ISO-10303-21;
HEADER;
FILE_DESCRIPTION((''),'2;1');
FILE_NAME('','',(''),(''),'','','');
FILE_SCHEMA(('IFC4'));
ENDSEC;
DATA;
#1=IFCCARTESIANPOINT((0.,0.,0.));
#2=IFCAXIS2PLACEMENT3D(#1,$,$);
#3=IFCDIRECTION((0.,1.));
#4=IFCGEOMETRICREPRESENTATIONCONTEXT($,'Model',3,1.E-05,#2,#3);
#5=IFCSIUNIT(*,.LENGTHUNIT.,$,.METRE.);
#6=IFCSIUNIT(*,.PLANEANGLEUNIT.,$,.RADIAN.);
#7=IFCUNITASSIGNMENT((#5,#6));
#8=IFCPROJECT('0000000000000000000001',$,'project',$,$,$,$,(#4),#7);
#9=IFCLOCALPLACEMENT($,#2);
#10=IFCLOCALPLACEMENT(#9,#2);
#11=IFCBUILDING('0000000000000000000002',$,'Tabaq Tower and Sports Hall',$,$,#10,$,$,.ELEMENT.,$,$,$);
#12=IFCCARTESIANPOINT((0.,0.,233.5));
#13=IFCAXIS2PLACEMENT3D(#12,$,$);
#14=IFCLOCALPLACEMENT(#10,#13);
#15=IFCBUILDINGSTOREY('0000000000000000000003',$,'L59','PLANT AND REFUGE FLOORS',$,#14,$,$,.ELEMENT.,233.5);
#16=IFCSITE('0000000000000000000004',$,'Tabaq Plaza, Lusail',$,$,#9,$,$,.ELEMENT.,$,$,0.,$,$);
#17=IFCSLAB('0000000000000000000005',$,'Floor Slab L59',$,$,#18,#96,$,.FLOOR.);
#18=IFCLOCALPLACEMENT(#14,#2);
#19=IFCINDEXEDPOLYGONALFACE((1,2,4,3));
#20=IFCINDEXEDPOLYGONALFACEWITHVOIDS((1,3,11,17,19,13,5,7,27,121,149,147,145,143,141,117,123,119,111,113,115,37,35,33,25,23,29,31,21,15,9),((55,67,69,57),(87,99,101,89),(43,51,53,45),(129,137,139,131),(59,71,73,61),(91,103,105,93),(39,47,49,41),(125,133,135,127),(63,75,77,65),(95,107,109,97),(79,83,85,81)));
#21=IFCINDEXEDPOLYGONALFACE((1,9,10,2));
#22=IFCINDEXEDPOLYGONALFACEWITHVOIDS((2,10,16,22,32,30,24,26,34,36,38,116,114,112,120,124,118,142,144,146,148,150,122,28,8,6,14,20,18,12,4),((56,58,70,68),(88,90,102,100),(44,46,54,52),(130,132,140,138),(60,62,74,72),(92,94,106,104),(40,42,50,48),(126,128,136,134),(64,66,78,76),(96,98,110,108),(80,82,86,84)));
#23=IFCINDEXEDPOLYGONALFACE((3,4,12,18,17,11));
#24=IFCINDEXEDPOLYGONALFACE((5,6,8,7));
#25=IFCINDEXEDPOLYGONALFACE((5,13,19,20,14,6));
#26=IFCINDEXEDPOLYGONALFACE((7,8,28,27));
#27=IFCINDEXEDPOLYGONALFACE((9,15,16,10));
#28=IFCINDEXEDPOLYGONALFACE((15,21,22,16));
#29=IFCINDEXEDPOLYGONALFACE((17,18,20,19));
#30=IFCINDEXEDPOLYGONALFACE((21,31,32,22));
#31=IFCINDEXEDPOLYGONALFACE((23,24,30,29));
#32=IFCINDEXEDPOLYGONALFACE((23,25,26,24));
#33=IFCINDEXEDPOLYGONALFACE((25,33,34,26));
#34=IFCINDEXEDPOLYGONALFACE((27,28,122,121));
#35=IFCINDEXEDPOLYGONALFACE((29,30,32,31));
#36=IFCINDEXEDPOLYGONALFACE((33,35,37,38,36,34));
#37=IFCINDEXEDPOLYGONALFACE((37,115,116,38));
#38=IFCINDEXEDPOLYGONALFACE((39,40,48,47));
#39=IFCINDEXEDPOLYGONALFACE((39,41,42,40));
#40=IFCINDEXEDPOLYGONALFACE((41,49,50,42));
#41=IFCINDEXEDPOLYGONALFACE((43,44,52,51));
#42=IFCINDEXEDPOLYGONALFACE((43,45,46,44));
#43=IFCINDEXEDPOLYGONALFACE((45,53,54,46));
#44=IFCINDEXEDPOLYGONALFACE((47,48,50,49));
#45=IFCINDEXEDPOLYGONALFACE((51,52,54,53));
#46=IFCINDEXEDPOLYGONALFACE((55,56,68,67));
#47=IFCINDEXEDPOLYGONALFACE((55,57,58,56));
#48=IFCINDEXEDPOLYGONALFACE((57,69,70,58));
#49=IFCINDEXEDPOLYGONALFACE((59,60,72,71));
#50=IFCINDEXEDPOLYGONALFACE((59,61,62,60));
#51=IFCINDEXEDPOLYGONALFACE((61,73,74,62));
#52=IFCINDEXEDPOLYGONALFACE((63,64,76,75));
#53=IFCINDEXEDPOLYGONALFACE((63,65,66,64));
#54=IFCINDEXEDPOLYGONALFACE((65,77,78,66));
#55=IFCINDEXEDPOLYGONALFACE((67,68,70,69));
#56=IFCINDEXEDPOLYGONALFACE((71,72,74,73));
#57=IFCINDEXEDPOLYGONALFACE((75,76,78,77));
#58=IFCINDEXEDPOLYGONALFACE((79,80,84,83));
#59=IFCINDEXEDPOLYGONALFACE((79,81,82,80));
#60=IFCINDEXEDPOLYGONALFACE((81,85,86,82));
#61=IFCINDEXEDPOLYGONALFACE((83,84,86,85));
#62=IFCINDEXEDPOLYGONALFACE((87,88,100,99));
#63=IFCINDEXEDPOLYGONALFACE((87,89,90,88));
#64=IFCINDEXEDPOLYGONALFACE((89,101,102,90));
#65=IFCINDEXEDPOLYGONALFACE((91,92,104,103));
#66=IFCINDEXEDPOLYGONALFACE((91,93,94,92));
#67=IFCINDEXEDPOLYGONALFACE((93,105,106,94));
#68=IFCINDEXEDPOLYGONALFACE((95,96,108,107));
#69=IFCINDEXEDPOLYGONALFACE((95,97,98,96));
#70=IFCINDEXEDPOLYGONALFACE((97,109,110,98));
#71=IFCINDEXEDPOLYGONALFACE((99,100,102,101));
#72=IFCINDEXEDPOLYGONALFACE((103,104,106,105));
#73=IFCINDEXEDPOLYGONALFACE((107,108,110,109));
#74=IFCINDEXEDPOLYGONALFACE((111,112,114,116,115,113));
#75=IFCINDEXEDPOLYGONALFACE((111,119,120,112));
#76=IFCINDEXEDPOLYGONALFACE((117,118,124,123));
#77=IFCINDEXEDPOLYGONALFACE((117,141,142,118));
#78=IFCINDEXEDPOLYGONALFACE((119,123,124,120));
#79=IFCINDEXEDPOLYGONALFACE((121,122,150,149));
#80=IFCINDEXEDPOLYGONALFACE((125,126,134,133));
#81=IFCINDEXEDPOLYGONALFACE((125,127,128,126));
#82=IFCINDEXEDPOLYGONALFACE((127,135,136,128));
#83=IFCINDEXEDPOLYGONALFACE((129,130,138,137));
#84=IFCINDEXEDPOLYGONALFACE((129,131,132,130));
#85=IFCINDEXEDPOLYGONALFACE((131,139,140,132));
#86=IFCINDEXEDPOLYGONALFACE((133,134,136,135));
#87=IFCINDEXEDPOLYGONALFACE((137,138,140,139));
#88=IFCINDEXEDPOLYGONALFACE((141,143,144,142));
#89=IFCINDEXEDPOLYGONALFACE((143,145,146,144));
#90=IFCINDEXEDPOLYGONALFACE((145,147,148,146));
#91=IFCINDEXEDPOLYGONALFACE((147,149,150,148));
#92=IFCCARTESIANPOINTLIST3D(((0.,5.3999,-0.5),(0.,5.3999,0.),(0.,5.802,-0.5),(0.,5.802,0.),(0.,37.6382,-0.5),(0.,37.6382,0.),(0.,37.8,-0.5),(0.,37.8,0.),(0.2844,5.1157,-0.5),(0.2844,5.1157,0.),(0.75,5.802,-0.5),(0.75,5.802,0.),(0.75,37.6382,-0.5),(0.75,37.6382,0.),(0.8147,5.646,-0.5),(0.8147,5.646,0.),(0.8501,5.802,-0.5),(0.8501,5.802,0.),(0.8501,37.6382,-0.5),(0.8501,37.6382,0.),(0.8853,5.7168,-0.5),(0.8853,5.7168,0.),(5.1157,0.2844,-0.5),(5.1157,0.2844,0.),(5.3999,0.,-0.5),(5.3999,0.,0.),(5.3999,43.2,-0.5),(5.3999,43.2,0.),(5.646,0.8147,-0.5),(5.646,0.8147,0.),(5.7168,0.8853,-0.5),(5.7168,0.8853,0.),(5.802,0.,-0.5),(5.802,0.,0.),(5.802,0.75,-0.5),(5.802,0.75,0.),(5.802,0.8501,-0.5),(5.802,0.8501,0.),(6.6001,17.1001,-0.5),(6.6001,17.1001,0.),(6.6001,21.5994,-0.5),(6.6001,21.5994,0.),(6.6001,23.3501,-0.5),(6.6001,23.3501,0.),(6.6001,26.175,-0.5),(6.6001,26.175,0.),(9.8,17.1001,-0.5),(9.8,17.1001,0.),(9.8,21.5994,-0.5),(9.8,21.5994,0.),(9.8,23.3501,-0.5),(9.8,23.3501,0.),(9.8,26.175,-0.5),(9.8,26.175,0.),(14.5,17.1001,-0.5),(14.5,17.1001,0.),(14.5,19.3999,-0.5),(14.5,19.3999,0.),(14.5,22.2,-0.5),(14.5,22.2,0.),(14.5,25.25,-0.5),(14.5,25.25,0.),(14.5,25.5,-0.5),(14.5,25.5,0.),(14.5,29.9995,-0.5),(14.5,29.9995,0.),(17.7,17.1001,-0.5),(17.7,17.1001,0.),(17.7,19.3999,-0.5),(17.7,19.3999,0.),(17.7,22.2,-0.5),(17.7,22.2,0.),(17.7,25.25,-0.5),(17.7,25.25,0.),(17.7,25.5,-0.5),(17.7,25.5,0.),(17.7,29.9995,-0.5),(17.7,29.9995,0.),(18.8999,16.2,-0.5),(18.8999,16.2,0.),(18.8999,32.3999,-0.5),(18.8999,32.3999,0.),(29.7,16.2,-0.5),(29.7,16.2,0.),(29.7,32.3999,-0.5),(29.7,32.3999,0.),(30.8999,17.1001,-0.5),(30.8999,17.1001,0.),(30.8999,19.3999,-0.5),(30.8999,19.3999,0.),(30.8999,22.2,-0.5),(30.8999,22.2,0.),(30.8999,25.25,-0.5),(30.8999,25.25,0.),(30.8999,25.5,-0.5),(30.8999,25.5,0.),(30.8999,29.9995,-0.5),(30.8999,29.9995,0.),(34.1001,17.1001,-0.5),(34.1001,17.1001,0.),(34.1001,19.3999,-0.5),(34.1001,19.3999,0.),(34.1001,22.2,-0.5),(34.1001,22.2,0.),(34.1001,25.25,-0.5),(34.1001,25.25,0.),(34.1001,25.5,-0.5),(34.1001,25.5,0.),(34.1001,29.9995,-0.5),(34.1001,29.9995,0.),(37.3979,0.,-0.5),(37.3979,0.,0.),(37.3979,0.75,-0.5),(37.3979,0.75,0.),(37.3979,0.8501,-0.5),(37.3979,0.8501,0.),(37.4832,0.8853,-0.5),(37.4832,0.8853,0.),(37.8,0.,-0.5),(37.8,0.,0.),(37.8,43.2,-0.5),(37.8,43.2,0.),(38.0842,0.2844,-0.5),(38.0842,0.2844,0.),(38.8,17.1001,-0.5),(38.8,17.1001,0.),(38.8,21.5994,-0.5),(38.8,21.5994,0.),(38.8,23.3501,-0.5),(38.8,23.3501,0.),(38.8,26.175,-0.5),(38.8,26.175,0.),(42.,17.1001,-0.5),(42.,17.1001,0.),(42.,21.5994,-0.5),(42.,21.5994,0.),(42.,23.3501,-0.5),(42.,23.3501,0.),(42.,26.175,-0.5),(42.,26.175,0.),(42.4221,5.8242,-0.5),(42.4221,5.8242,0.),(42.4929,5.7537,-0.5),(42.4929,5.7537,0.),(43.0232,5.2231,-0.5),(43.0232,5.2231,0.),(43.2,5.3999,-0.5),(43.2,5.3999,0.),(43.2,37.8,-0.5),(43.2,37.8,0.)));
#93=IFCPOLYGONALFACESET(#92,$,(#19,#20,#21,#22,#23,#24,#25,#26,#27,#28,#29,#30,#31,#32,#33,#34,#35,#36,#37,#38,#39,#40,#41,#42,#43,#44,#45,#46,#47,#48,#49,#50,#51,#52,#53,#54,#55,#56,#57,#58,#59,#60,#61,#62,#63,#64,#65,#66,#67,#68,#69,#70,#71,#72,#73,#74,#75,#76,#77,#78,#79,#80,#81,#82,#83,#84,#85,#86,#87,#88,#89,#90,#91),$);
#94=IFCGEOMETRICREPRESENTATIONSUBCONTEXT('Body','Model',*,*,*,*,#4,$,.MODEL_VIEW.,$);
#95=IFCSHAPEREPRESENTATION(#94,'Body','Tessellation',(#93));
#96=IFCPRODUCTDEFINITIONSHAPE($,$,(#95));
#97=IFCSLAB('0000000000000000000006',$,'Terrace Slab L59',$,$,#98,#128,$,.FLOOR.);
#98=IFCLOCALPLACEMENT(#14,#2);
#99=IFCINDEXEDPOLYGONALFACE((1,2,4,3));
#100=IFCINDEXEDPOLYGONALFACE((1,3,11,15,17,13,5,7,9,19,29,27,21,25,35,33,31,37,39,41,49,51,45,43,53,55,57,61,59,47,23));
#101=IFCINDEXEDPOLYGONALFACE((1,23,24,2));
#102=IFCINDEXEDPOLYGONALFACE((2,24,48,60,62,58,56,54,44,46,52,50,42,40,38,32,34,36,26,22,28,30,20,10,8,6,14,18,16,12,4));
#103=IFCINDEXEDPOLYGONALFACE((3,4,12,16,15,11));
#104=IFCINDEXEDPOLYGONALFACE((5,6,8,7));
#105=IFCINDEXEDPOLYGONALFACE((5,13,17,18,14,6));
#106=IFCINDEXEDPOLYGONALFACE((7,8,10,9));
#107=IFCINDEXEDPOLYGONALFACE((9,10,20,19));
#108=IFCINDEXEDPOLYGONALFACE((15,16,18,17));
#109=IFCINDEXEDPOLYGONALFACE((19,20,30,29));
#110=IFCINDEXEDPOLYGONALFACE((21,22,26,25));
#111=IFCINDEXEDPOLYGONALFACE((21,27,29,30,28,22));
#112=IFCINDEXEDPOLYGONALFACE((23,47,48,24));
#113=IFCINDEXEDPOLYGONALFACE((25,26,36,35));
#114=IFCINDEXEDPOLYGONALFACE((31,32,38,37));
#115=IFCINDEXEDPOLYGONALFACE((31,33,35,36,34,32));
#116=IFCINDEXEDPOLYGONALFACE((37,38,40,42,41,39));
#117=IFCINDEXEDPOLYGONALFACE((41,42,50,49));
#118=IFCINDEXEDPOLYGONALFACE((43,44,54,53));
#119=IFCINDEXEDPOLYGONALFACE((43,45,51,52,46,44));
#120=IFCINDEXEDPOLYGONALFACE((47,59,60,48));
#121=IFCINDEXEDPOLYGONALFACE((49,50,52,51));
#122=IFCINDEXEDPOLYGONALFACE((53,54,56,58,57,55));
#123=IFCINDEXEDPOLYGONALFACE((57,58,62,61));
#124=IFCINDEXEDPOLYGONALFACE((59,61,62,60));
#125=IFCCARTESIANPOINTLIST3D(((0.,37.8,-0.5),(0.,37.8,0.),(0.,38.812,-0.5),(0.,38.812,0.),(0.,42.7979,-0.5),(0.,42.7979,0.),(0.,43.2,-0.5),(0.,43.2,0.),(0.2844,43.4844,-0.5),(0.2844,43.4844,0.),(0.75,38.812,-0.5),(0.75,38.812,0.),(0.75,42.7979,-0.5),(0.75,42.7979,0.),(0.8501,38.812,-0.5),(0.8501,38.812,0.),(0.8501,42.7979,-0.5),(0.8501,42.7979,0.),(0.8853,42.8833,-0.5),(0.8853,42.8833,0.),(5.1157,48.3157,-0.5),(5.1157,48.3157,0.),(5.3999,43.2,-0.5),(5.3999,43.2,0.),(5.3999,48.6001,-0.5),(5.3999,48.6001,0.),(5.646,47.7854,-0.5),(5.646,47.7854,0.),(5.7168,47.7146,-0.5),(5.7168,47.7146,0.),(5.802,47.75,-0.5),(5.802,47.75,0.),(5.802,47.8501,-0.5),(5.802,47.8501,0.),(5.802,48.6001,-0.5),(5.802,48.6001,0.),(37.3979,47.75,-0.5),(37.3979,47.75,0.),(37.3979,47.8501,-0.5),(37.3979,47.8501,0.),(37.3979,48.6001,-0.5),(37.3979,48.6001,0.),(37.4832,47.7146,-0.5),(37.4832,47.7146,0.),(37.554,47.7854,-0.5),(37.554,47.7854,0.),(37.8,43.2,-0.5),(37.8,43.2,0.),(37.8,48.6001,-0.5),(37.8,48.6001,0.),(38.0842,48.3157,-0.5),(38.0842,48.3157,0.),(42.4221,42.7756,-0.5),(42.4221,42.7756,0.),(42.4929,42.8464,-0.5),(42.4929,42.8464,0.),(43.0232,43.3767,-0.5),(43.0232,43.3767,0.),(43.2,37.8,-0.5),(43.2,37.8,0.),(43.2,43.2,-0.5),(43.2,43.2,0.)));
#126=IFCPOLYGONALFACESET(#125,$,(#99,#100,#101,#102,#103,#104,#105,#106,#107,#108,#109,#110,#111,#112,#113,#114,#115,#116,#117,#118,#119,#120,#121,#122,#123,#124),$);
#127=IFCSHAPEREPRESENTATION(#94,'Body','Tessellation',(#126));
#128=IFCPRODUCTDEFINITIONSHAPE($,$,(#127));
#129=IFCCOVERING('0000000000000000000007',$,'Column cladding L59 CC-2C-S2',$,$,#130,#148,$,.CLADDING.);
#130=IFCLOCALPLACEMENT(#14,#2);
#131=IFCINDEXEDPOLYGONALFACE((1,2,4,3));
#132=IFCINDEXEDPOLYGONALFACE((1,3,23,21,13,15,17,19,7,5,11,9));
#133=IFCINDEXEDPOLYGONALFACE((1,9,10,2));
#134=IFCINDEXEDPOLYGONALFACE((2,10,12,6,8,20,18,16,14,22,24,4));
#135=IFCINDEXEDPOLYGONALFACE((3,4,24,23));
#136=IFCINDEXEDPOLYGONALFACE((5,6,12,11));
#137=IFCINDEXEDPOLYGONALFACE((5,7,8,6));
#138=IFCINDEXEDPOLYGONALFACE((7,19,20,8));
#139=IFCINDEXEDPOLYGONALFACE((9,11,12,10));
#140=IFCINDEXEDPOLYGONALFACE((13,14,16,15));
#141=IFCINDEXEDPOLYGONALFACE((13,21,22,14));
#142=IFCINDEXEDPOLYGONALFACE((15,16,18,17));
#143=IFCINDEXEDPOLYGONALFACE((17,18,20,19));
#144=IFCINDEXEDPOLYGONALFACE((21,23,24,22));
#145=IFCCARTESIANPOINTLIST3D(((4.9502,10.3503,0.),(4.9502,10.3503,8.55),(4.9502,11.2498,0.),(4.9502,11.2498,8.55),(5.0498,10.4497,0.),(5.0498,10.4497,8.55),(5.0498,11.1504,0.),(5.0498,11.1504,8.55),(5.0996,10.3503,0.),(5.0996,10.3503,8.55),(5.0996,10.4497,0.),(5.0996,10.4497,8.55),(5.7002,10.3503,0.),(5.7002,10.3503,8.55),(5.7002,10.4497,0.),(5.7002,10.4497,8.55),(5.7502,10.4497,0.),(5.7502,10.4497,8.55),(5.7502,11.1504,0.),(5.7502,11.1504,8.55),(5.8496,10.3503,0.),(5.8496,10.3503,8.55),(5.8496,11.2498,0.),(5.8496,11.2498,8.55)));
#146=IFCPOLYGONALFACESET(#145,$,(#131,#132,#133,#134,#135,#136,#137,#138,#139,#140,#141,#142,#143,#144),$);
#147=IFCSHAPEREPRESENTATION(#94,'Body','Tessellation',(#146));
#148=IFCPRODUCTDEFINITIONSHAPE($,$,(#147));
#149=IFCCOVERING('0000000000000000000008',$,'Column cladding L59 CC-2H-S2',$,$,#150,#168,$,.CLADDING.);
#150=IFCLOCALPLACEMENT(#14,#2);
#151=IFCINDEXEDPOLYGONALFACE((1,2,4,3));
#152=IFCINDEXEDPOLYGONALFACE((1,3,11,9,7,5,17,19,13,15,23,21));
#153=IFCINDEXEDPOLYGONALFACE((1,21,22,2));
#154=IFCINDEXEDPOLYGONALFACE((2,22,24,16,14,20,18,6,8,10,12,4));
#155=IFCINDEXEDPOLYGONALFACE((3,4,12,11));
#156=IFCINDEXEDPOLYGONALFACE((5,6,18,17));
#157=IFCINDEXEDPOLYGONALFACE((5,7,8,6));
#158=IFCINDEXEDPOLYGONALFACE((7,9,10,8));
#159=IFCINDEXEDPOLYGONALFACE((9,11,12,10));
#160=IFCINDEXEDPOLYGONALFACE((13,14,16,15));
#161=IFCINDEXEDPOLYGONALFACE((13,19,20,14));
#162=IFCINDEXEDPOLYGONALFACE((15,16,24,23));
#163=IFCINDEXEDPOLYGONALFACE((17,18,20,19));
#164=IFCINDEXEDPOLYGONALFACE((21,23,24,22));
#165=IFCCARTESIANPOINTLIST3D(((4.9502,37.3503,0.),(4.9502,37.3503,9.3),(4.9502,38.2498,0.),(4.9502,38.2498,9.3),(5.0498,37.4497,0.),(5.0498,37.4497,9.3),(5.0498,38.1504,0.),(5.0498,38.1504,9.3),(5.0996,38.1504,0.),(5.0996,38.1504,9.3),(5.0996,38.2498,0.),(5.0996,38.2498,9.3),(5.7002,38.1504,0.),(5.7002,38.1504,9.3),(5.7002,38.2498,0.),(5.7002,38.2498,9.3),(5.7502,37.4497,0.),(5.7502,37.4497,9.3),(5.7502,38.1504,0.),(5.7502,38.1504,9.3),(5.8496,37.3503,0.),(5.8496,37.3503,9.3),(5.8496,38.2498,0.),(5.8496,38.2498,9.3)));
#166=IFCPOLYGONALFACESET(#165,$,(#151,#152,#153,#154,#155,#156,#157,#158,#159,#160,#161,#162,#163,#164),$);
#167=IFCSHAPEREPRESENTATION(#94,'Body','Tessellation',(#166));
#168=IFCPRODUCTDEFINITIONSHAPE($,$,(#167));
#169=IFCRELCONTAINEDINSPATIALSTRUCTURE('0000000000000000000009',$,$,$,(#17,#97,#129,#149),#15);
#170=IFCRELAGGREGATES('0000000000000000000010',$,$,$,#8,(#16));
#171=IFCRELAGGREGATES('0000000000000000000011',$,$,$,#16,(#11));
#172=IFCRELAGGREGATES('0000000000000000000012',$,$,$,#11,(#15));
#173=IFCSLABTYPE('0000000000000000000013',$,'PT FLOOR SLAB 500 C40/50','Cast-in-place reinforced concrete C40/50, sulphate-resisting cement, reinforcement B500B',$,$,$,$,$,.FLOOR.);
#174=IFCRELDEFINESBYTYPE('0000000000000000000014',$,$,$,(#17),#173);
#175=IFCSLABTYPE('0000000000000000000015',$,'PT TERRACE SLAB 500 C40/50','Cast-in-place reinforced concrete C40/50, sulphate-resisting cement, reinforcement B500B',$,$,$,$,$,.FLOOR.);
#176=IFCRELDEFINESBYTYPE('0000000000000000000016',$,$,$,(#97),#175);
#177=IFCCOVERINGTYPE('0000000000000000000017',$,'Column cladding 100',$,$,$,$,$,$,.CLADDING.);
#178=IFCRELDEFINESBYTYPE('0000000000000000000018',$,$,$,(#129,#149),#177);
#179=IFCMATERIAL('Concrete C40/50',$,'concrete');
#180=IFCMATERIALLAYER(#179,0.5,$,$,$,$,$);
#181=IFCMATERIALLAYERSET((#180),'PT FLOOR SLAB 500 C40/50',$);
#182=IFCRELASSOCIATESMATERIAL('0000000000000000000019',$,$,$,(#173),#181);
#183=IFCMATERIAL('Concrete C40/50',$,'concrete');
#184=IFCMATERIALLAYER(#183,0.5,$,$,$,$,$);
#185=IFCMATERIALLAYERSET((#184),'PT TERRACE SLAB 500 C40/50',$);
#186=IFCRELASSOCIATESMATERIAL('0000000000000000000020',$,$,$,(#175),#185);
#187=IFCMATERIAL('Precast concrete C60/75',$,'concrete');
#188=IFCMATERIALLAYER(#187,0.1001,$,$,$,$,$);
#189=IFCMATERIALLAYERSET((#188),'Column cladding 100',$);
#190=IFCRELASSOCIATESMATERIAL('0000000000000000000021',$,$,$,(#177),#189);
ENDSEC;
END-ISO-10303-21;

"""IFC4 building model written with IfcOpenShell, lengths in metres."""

from ifc_helpers import new_model, si_unit, direction, frame, origin, place, context, subcontext, project, spatial, polyline, outline, extrude, material, layer, layer_set, type_object, element, save


model = new_model("IFC4")

# Units and contexts
model_context = context("Model", 3, precision=1e-05, world=origin(), true_north=direction((0.0, 1.0)))
body_context = subcontext(model_context, "Body", "Model", "MODEL_VIEW")
ifc_project = project(units=[si_unit("LENGTHUNIT", "METRE"), si_unit("PLANEANGLEUNIT", "RADIAN")], contexts=[model_context])

# Site, building, storey
site_placement = place(None, origin())
site = spatial("IfcSite", under=ifc_project, at=site_placement, Name="Tabaq Plaza, Lusail", CompositionType="ELEMENT", RefElevation=0.0)
building_placement = place(site_placement, origin())
building = spatial("IfcBuilding", under=site, at=building_placement, Name="Tabaq Tower and Sports Hall", CompositionType="ELEMENT")
storey_placement = place(building_placement, frame((0.0, 0.0, 233.5)))
storey = spatial("IfcBuildingStorey", under=building, at=storey_placement, Name="L59", Description="PLANT AND REFUGE FLOORS", CompositionType="ELEMENT", Elevation=233.5)

# Slabs
ifc_material_1 = material(Name="Concrete C40/50", Category="concrete")
ifc_layer_1 = layer(ifc_material_1, 0.5)
ifc_layer_set_1 = layer_set([ifc_layer_1], Name="PT FLOOR SLAB 500 C40/50")
slab_type_1 = type_object("IfcSlabType", Name="PT FLOOR SLAB 500 C40/50", Description="Cast-in-place reinforced concrete C40/50, sulphate-resisting cement, reinforcement B500B", PredefinedType="FLOOR", material=ifc_layer_set_1)
slab_1_placement = place(storey_placement, frame((0.0, 0.0, -0.5)))
element("IfcSlab", 1, at=slab_1_placement, inside=storey, type_object=slab_type_1, Name="Floor Slab L59", PredefinedType="FLOOR", context=body_context, shape_type="SweptSolid", body=[
    extrude(outline(polyline([(0.0, 5.802), (0.0, 5.3999), (0.2844, 5.1157), (0.8147, 5.646), (0.8853, 5.7168), (5.7168, 0.8853), (5.646, 0.8147), (5.1157, 0.2844), (5.3999, 0.0), (5.802, 0.0), (5.802, 0.75), (5.802, 0.8501), (37.3979, 0.8501), (37.3979, 0.75), (37.3979, 0.0), (37.8, 0.0), (38.0842, 0.2844), (37.4832, 0.8853), (42.4221, 5.8242), (42.4929, 5.7537), (43.0232, 5.2231), (43.2, 5.3999), (43.2, 37.8), (37.8, 43.2), (5.3999, 43.2), (0.0, 37.8), (0.0, 37.6382), (0.75, 37.6382), (0.8501, 37.6382), (0.8501, 5.802), (0.75, 5.802), (0.0, 5.802)]), holes=[polyline([(14.5, 19.3999), (17.7, 19.3999), (17.7, 17.1001), (14.5, 17.1001), (14.5, 19.3999)]), polyline([(6.6001, 21.5994), (9.8, 21.5994), (9.8, 17.1001), (6.6001, 17.1001), (6.6001, 21.5994)]), polyline([(14.5, 25.25), (17.7, 25.25), (17.7, 22.2), (14.5, 22.2), (14.5, 25.25)]), polyline([(18.8999, 32.3999), (29.7, 32.3999), (29.7, 16.2), (18.8999, 16.2), (18.8999, 32.3999)]), polyline([(9.8, 26.175), (9.8, 23.3501), (6.6001, 23.3501), (6.6001, 26.175), (9.8, 26.175)]), polyline([(14.5, 29.9995), (17.7, 29.9995), (17.7, 25.5), (14.5, 25.5), (14.5, 29.9995)]), polyline([(34.1001, 19.3999), (34.1001, 17.1001), (30.8999, 17.1001), (30.8999, 19.3999), (34.1001, 19.3999)]), polyline([(42.0, 21.5994), (42.0, 17.1001), (38.8, 17.1001), (38.8, 21.5994), (42.0, 21.5994)]), polyline([(30.8999, 25.25), (34.1001, 25.25), (34.1001, 22.2), (30.8999, 22.2), (30.8999, 25.25)]), polyline([(42.0, 26.175), (42.0, 23.3501), (38.8, 23.3501), (38.8, 26.175), (42.0, 26.175)]), polyline([(34.1001, 29.9995), (34.1001, 25.5), (30.8999, 25.5), (30.8999, 29.9995), (34.1001, 29.9995)])]), origin(), (0.0, 0.0, 1.0), 0.5),
])
ifc_material_2 = material(Name="Concrete C40/50", Category="concrete")
ifc_layer_2 = layer(ifc_material_2, 0.5)
ifc_layer_set_2 = layer_set([ifc_layer_2], Name="PT TERRACE SLAB 500 C40/50")
slab_type_2 = type_object("IfcSlabType", Name="PT TERRACE SLAB 500 C40/50", Description="Cast-in-place reinforced concrete C40/50, sulphate-resisting cement, reinforcement B500B", PredefinedType="FLOOR", material=ifc_layer_set_2)
slab_2_placement = place(storey_placement, frame((0.0, 0.0, -0.5)))
element("IfcSlab", 2, at=slab_2_placement, inside=storey, type_object=slab_type_2, Name="Terrace Slab L59", PredefinedType="FLOOR", context=body_context, shape_type="SweptSolid", body=[
    extrude(outline(polyline([(5.802, 48.6001), (5.3999, 48.6001), (5.1157, 48.3157), (5.646, 47.7854), (5.7168, 47.7146), (0.8853, 42.8833), (0.2844, 43.4844), (0.0, 43.2), (0.0, 42.7979), (0.75, 42.7979), (0.8501, 42.7979), (0.8501, 38.812), (0.75, 38.812), (0.0, 38.812), (0.0, 37.8), (5.3999, 43.2), (37.8, 43.2), (43.2, 37.8), (43.2, 43.2), (43.0232, 43.3767), (42.4929, 42.8464), (42.4221, 42.7756), (37.4832, 47.7146), (37.554, 47.7854), (38.0842, 48.3157), (37.8, 48.6001), (37.3979, 48.6001), (37.3979, 47.8501), (37.3979, 47.75), (5.802, 47.75), (5.802, 47.8501), (5.802, 48.6001)])), origin(), (0.0, 0.0, 1.0), 0.5),
])

# Coverings
ifc_material_3 = material(Name="Precast concrete C60/75", Category="concrete")
ifc_layer_3 = layer(ifc_material_3, 0.1001)
ifc_layer_set_3 = layer_set([ifc_layer_3], Name="Column cladding 100")
covering_type_1 = type_object("IfcCoveringType", Name="Column cladding 100", PredefinedType="CLADDING", material=ifc_layer_set_3)
covering_1_placement = place(storey_placement, origin())
element("IfcCovering", 3, at=covering_1_placement, inside=storey, type_object=covering_type_1, Name="Column cladding L59 CC-2C-S2", PredefinedType="CLADDING", context=body_context, shape_type="SweptSolid", body=[
    extrude(outline(polyline([(5.0996, 10.4497), (5.0996, 10.3503), (4.9502, 10.3503), (4.9502, 11.2498), (5.8496, 11.2498), (5.8496, 10.3503), (5.7002, 10.3503), (5.7002, 10.4497), (5.7502, 10.4497), (5.7502, 11.1504), (5.0498, 11.1504), (5.0498, 10.4497), (5.0996, 10.4497)])), origin(), (0.0, 0.0, 1.0), 8.55),
])
covering_2_placement = place(storey_placement, origin())
element("IfcCovering", 4, at=covering_2_placement, inside=storey, type_object=covering_type_1, Name="Column cladding L59 CC-2H-S2", PredefinedType="CLADDING", context=body_context, shape_type="SweptSolid", body=[
    extrude(outline(polyline([(5.0996, 38.2498), (5.0996, 38.1504), (5.0498, 38.1504), (5.0498, 37.4497), (5.7502, 37.4497), (5.7502, 38.1504), (5.7002, 38.1504), (5.7002, 38.2498), (5.8496, 38.2498), (5.8496, 37.3503), (4.9502, 37.3503), (4.9502, 38.2498), (5.0996, 38.2498)])), origin(), (0.0, 0.0, 1.0), 9.3),
])

save(model, "model.ifc")
